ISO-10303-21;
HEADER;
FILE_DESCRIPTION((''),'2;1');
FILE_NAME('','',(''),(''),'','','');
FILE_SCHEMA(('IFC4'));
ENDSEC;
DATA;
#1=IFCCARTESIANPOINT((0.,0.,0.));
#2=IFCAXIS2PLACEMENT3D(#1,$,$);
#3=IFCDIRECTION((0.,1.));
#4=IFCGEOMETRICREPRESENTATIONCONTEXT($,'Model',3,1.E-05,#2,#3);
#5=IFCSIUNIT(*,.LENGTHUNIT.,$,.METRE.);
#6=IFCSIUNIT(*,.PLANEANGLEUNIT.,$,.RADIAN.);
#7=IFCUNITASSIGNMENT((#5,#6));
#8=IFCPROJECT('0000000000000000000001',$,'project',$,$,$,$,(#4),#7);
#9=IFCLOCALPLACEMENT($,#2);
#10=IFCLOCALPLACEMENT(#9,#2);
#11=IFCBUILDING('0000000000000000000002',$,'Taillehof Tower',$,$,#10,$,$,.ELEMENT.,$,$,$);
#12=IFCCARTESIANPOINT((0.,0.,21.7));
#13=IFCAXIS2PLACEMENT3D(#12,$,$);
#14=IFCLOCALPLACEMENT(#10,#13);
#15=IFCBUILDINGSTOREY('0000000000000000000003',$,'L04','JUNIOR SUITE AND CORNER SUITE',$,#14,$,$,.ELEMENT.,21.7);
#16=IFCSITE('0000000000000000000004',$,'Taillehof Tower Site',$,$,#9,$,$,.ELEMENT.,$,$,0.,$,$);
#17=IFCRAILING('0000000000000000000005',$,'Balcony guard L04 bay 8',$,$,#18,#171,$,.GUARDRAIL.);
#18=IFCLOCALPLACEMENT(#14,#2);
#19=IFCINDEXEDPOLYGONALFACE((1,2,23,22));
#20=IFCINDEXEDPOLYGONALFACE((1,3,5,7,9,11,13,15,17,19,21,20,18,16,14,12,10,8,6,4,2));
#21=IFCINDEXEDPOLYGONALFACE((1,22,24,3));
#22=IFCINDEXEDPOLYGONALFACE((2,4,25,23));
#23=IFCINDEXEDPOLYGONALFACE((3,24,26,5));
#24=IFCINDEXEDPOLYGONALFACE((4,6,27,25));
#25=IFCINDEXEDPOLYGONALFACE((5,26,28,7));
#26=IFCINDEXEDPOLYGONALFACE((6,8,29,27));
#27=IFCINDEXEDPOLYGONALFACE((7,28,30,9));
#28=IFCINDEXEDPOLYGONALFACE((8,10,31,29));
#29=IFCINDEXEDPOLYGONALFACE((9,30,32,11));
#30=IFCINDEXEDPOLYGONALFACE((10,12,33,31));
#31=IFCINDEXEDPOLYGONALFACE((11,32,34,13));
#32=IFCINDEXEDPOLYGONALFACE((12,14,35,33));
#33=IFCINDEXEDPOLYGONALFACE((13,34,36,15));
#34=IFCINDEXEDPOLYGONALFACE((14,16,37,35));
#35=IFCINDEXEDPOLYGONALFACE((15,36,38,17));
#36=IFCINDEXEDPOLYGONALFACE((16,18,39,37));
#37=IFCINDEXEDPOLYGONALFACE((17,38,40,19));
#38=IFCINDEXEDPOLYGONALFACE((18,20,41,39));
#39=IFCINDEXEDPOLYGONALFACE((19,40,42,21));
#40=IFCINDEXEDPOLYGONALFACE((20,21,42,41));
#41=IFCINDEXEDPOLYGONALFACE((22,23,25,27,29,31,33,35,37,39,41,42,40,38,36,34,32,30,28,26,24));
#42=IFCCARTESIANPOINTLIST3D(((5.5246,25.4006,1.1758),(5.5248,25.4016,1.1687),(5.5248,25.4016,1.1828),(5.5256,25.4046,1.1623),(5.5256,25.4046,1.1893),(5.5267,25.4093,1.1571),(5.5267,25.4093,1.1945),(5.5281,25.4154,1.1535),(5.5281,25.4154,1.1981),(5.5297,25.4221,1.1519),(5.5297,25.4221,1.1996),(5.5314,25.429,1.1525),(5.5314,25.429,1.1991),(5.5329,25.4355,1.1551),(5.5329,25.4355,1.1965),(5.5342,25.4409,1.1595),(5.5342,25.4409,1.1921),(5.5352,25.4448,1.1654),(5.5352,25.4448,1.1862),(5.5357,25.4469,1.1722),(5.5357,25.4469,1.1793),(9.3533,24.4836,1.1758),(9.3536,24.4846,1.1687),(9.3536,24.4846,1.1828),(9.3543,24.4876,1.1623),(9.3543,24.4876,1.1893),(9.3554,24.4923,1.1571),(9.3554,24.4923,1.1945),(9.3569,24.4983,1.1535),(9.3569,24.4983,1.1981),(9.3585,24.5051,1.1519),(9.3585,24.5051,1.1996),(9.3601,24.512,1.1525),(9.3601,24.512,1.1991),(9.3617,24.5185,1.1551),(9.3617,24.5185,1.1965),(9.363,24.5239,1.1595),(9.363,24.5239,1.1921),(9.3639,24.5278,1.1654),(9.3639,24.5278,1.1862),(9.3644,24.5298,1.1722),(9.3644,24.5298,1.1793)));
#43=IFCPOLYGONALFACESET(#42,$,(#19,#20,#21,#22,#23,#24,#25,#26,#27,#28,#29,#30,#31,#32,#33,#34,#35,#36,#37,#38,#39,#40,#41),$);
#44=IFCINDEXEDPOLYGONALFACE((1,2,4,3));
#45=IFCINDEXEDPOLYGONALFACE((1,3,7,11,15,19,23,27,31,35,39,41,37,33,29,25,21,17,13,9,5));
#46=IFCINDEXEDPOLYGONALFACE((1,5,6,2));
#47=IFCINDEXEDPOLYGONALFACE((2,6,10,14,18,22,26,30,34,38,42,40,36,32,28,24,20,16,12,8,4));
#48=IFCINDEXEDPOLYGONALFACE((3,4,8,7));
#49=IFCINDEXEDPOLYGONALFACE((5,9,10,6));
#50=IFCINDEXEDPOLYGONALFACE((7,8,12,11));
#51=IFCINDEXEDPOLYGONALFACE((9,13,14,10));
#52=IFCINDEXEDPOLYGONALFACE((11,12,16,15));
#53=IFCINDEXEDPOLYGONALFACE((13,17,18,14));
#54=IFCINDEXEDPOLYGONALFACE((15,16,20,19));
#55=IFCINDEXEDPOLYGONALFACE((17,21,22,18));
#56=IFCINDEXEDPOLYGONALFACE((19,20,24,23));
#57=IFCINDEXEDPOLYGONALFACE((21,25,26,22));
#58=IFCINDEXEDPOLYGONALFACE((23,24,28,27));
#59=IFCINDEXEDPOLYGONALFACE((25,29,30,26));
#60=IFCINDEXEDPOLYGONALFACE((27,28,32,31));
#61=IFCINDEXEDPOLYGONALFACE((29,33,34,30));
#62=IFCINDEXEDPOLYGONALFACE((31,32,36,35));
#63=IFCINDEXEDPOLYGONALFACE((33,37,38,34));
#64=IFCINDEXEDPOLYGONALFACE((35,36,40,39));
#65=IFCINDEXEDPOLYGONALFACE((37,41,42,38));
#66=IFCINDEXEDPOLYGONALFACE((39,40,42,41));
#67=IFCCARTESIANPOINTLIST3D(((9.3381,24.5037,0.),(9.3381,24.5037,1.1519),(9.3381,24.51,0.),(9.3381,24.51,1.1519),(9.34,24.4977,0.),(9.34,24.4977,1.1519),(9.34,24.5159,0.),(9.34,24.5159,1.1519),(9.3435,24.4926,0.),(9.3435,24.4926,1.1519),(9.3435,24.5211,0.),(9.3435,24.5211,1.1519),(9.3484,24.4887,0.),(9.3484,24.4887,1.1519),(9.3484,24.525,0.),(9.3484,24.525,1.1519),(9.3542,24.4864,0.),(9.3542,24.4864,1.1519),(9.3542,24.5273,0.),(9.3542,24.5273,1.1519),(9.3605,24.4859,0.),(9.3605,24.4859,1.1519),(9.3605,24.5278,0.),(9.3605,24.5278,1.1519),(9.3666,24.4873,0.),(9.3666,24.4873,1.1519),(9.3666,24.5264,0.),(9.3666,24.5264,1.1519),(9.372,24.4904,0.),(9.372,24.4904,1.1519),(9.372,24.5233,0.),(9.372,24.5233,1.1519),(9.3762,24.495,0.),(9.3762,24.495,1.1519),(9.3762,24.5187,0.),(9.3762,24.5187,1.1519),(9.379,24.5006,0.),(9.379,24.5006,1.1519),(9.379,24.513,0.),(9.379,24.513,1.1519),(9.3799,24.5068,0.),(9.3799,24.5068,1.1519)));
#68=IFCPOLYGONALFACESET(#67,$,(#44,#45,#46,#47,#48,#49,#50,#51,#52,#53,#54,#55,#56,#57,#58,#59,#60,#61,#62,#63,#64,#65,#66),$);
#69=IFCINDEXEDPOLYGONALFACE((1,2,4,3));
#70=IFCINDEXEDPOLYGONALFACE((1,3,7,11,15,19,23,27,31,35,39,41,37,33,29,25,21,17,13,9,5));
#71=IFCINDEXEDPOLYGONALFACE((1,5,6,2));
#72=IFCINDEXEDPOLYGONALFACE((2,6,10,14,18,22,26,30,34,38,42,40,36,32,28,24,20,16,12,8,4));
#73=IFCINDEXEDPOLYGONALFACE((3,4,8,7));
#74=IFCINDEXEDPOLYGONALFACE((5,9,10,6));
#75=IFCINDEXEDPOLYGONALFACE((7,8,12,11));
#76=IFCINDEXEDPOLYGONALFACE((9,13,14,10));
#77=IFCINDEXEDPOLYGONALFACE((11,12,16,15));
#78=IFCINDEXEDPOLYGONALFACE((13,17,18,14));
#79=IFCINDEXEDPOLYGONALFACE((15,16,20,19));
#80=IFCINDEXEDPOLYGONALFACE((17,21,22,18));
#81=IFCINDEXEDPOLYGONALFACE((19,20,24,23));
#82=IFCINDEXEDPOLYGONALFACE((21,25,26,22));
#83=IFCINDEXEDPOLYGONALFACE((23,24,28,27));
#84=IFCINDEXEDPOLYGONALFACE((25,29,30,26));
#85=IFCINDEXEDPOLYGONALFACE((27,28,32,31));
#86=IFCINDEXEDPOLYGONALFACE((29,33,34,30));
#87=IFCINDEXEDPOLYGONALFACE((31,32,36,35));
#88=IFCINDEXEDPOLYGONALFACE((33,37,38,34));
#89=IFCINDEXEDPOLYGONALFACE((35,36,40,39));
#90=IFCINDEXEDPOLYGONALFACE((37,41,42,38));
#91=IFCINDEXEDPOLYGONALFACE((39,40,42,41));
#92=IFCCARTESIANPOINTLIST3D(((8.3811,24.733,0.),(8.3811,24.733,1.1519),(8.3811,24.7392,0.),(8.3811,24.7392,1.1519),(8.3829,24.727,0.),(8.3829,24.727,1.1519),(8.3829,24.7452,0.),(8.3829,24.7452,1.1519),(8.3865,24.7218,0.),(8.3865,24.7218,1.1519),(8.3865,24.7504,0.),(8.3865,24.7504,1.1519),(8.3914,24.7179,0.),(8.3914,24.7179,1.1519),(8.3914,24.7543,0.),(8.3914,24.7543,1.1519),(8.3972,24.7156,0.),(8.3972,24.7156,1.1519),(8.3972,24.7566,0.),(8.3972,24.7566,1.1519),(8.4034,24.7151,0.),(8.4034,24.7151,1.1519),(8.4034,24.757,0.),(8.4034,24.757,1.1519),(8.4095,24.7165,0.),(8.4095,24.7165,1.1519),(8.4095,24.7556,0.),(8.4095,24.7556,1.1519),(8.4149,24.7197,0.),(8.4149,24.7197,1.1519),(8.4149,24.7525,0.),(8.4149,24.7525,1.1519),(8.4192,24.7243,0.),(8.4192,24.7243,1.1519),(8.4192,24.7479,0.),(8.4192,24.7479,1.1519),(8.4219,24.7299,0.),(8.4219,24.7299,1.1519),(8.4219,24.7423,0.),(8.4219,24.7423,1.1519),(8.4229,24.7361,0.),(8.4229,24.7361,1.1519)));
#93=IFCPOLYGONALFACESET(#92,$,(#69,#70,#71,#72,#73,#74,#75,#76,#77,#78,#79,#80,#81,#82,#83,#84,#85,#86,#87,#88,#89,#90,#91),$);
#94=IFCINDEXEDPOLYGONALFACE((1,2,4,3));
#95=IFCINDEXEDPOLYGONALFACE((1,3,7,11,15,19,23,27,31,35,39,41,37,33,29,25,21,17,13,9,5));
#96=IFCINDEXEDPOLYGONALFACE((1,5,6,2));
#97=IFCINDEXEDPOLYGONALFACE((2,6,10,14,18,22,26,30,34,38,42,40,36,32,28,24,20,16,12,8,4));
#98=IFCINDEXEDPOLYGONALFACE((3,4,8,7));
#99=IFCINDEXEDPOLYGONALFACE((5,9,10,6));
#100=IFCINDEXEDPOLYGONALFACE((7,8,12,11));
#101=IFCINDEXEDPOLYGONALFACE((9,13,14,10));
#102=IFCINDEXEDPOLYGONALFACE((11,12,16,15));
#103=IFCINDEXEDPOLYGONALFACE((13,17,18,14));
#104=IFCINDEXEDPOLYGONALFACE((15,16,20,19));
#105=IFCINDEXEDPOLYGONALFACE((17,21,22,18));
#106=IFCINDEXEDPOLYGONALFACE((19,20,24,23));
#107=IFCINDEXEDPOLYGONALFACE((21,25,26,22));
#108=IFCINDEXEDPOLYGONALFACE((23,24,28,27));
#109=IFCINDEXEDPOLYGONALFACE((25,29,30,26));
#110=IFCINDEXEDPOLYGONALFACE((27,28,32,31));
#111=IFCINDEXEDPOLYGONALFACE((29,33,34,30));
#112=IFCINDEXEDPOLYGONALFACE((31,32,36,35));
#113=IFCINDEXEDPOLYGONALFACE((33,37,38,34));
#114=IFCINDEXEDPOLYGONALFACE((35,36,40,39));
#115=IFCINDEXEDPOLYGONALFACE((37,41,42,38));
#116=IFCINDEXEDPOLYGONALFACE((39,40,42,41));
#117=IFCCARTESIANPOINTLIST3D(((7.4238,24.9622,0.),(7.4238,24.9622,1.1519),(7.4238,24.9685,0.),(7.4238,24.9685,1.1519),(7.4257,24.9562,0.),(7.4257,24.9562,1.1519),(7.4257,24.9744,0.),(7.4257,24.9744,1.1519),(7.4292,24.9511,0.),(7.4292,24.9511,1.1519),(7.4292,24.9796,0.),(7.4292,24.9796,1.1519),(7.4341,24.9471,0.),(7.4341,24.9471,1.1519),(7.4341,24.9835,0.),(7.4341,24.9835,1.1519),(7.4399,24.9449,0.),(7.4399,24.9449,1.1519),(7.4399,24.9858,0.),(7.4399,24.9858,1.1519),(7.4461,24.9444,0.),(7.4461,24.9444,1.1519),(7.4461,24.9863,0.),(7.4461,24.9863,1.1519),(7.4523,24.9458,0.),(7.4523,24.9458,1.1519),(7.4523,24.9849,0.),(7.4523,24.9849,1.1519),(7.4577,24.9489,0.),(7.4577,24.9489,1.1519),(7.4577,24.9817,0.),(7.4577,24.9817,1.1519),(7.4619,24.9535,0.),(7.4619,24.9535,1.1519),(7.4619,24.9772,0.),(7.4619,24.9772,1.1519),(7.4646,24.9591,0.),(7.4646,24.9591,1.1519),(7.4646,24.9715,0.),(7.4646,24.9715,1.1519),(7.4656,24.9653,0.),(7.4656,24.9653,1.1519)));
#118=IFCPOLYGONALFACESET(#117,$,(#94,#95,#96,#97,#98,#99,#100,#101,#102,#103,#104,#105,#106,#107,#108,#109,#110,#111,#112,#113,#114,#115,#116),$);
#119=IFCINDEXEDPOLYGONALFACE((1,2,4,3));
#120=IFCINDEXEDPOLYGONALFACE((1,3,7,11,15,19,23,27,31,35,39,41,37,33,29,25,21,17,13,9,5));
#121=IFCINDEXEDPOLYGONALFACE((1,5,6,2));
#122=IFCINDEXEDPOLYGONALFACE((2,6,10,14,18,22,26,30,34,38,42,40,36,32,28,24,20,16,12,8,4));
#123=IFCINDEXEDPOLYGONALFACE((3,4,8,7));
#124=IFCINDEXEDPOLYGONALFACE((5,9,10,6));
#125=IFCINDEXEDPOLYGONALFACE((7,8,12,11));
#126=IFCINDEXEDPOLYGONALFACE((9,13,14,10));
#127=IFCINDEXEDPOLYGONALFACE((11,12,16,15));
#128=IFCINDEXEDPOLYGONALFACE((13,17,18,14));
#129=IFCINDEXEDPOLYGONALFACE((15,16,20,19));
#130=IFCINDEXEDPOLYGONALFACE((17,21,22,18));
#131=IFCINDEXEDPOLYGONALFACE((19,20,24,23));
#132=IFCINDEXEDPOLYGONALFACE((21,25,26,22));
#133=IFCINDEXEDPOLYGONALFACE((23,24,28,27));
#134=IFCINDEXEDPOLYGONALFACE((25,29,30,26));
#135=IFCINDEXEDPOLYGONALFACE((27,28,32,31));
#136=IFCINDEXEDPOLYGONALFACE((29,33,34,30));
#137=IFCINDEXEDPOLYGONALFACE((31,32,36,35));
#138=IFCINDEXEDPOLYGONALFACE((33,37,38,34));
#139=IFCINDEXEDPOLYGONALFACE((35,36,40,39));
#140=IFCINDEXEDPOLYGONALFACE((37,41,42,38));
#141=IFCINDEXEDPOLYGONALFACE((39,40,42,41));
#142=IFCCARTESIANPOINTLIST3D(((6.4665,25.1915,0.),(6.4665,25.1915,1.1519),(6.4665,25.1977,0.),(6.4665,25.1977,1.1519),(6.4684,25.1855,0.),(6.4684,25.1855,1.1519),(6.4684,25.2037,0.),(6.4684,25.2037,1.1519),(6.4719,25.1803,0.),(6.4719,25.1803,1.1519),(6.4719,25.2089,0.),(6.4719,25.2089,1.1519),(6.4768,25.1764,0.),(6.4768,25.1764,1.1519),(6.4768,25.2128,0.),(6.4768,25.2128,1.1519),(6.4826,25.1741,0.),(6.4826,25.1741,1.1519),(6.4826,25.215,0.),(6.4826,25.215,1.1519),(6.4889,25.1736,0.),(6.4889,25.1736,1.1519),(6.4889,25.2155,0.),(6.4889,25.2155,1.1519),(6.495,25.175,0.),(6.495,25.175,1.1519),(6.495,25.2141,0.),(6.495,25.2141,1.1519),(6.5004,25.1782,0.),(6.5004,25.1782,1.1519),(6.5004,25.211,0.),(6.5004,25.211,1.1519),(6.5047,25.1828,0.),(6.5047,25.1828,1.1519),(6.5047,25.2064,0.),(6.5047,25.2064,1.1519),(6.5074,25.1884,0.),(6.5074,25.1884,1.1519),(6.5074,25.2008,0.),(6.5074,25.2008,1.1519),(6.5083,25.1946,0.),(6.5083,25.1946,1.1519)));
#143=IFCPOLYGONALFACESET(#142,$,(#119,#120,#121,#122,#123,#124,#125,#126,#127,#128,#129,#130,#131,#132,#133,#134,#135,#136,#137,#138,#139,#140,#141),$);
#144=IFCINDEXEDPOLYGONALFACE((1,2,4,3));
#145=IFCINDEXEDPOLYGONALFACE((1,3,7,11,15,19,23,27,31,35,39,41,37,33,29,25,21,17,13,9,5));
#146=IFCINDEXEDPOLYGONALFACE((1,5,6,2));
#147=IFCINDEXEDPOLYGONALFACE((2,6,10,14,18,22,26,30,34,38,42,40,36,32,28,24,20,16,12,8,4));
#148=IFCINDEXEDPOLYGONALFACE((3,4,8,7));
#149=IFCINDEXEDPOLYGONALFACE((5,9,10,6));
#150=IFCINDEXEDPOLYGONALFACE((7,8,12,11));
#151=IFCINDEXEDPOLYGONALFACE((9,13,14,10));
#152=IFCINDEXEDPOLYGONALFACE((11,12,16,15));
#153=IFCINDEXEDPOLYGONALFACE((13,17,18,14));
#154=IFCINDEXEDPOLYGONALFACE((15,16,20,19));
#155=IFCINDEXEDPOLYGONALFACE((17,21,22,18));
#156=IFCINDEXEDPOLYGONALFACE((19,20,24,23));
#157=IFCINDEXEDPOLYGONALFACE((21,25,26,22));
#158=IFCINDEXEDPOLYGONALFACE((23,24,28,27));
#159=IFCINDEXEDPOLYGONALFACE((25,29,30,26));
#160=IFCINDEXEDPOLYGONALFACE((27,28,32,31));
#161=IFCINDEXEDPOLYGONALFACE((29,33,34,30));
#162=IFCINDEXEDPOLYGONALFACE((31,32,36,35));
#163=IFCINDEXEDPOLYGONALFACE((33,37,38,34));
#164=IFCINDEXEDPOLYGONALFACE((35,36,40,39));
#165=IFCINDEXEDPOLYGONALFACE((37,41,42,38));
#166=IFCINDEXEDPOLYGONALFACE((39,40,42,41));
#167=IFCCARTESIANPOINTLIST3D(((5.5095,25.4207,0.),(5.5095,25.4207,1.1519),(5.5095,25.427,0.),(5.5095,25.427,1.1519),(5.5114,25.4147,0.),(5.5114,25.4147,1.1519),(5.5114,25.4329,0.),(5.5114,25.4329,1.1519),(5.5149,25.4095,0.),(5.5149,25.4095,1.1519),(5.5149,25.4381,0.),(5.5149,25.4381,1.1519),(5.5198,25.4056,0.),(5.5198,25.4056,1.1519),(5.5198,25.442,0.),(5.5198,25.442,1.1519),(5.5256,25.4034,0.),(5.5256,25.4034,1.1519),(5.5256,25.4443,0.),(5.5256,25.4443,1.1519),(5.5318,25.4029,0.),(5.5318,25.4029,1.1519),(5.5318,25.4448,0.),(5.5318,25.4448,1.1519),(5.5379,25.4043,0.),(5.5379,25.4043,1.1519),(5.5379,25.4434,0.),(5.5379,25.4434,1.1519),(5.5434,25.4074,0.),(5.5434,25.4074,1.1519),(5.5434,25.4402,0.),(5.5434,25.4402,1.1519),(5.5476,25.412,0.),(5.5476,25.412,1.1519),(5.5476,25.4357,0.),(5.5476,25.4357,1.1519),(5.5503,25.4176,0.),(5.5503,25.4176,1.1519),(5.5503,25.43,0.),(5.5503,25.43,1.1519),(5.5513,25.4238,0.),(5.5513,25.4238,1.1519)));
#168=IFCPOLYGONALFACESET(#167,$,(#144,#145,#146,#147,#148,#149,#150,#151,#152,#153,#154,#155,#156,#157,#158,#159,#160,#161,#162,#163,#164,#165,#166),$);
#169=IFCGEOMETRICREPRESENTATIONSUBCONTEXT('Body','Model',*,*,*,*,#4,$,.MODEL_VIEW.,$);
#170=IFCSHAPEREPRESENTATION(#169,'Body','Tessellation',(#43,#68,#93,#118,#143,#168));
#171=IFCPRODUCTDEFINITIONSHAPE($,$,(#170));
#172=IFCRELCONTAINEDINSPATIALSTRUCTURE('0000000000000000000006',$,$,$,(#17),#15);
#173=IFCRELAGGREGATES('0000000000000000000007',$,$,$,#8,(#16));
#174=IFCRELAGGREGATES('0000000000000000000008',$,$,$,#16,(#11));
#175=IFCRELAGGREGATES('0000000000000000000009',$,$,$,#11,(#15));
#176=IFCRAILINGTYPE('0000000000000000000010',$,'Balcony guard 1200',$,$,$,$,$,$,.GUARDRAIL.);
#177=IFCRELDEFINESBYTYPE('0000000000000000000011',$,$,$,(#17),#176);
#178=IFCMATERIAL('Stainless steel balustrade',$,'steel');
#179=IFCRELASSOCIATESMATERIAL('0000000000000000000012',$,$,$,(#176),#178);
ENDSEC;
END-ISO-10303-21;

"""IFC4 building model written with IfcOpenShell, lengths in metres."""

from ifc_helpers import new_model, si_unit, direction, frame, origin, origin_2d, place, context, subcontext, project, spatial, circle, extrude, material, type_object, element, save


model = new_model("IFC4")

# Units and contexts
model_context = context("Model", 3, precision=1e-05, world=origin(), true_north=direction((0.0, 1.0)))
body_context = subcontext(model_context, "Body", "Model", "MODEL_VIEW")
ifc_project = project(units=[si_unit("LENGTHUNIT", "METRE"), si_unit("PLANEANGLEUNIT", "RADIAN")], contexts=[model_context])

# Site, building, storey
site_placement = place(None, origin())
site = spatial("IfcSite", under=ifc_project, at=site_placement, Name="Taillehof Tower Site", CompositionType="ELEMENT", RefElevation=0.0)
building_placement = place(site_placement, origin())
building = spatial("IfcBuilding", under=site, at=building_placement, Name="Taillehof Tower", CompositionType="ELEMENT")
storey_placement = place(building_placement, frame((0.0, 0.0, 21.7)))
storey = spatial("IfcBuildingStorey", under=building, at=storey_placement, Name="L04", Description="JUNIOR SUITE AND CORNER SUITE", CompositionType="ELEMENT", Elevation=21.7)

# Railing
ifc_material_1 = material(Name="Stainless steel balustrade", Category="steel")
railing_type = type_object("IfcRailingType", Name="Balcony guard 1200", PredefinedType="GUARDRAIL", material=ifc_material_1)
railing_placement = place(storey_placement, frame((9.3589, 24.5068, 0.0)))
element("IfcRailing", 1, at=railing_placement, inside=storey, type_object=railing_type, Name="Balcony guard L04 bay 8", PredefinedType="GUARDRAIL", context=body_context, shape_type="SweptSolid", body=[
    extrude(circle(Radius=0.0239, at=origin_2d()), frame((0.0, 0.0, 1.1758), z_axis=(-0.972495, 0.232923, 0.0), x_axis=(-0.232923, -0.972495, 0.0)), (0.0, 0.0, 1.0), 3.937),
    extrude(circle(Radius=0.021, at=origin_2d()), origin(), (0.0, 0.0, 1.0), 1.1519),
    extrude(circle(Radius=0.021, at=origin_2d()), frame((-0.957, 0.2292, 0.0)), (0.0, 0.0, 1.0), 1.1519),
    extrude(circle(Radius=0.021, at=origin_2d()), frame((-1.9143, 0.4585, 0.0)), (0.0, 0.0, 1.0), 1.1519),
    extrude(circle(Radius=0.021, at=origin_2d()), frame((-2.8716, 0.6877, 0.0)), (0.0, 0.0, 1.0), 1.1519),
    extrude(circle(Radius=0.021, at=origin_2d()), frame((-3.8286, 0.917, 0.0)), (0.0, 0.0, 1.0), 1.1519),
])

save(model, "model.ifc")
